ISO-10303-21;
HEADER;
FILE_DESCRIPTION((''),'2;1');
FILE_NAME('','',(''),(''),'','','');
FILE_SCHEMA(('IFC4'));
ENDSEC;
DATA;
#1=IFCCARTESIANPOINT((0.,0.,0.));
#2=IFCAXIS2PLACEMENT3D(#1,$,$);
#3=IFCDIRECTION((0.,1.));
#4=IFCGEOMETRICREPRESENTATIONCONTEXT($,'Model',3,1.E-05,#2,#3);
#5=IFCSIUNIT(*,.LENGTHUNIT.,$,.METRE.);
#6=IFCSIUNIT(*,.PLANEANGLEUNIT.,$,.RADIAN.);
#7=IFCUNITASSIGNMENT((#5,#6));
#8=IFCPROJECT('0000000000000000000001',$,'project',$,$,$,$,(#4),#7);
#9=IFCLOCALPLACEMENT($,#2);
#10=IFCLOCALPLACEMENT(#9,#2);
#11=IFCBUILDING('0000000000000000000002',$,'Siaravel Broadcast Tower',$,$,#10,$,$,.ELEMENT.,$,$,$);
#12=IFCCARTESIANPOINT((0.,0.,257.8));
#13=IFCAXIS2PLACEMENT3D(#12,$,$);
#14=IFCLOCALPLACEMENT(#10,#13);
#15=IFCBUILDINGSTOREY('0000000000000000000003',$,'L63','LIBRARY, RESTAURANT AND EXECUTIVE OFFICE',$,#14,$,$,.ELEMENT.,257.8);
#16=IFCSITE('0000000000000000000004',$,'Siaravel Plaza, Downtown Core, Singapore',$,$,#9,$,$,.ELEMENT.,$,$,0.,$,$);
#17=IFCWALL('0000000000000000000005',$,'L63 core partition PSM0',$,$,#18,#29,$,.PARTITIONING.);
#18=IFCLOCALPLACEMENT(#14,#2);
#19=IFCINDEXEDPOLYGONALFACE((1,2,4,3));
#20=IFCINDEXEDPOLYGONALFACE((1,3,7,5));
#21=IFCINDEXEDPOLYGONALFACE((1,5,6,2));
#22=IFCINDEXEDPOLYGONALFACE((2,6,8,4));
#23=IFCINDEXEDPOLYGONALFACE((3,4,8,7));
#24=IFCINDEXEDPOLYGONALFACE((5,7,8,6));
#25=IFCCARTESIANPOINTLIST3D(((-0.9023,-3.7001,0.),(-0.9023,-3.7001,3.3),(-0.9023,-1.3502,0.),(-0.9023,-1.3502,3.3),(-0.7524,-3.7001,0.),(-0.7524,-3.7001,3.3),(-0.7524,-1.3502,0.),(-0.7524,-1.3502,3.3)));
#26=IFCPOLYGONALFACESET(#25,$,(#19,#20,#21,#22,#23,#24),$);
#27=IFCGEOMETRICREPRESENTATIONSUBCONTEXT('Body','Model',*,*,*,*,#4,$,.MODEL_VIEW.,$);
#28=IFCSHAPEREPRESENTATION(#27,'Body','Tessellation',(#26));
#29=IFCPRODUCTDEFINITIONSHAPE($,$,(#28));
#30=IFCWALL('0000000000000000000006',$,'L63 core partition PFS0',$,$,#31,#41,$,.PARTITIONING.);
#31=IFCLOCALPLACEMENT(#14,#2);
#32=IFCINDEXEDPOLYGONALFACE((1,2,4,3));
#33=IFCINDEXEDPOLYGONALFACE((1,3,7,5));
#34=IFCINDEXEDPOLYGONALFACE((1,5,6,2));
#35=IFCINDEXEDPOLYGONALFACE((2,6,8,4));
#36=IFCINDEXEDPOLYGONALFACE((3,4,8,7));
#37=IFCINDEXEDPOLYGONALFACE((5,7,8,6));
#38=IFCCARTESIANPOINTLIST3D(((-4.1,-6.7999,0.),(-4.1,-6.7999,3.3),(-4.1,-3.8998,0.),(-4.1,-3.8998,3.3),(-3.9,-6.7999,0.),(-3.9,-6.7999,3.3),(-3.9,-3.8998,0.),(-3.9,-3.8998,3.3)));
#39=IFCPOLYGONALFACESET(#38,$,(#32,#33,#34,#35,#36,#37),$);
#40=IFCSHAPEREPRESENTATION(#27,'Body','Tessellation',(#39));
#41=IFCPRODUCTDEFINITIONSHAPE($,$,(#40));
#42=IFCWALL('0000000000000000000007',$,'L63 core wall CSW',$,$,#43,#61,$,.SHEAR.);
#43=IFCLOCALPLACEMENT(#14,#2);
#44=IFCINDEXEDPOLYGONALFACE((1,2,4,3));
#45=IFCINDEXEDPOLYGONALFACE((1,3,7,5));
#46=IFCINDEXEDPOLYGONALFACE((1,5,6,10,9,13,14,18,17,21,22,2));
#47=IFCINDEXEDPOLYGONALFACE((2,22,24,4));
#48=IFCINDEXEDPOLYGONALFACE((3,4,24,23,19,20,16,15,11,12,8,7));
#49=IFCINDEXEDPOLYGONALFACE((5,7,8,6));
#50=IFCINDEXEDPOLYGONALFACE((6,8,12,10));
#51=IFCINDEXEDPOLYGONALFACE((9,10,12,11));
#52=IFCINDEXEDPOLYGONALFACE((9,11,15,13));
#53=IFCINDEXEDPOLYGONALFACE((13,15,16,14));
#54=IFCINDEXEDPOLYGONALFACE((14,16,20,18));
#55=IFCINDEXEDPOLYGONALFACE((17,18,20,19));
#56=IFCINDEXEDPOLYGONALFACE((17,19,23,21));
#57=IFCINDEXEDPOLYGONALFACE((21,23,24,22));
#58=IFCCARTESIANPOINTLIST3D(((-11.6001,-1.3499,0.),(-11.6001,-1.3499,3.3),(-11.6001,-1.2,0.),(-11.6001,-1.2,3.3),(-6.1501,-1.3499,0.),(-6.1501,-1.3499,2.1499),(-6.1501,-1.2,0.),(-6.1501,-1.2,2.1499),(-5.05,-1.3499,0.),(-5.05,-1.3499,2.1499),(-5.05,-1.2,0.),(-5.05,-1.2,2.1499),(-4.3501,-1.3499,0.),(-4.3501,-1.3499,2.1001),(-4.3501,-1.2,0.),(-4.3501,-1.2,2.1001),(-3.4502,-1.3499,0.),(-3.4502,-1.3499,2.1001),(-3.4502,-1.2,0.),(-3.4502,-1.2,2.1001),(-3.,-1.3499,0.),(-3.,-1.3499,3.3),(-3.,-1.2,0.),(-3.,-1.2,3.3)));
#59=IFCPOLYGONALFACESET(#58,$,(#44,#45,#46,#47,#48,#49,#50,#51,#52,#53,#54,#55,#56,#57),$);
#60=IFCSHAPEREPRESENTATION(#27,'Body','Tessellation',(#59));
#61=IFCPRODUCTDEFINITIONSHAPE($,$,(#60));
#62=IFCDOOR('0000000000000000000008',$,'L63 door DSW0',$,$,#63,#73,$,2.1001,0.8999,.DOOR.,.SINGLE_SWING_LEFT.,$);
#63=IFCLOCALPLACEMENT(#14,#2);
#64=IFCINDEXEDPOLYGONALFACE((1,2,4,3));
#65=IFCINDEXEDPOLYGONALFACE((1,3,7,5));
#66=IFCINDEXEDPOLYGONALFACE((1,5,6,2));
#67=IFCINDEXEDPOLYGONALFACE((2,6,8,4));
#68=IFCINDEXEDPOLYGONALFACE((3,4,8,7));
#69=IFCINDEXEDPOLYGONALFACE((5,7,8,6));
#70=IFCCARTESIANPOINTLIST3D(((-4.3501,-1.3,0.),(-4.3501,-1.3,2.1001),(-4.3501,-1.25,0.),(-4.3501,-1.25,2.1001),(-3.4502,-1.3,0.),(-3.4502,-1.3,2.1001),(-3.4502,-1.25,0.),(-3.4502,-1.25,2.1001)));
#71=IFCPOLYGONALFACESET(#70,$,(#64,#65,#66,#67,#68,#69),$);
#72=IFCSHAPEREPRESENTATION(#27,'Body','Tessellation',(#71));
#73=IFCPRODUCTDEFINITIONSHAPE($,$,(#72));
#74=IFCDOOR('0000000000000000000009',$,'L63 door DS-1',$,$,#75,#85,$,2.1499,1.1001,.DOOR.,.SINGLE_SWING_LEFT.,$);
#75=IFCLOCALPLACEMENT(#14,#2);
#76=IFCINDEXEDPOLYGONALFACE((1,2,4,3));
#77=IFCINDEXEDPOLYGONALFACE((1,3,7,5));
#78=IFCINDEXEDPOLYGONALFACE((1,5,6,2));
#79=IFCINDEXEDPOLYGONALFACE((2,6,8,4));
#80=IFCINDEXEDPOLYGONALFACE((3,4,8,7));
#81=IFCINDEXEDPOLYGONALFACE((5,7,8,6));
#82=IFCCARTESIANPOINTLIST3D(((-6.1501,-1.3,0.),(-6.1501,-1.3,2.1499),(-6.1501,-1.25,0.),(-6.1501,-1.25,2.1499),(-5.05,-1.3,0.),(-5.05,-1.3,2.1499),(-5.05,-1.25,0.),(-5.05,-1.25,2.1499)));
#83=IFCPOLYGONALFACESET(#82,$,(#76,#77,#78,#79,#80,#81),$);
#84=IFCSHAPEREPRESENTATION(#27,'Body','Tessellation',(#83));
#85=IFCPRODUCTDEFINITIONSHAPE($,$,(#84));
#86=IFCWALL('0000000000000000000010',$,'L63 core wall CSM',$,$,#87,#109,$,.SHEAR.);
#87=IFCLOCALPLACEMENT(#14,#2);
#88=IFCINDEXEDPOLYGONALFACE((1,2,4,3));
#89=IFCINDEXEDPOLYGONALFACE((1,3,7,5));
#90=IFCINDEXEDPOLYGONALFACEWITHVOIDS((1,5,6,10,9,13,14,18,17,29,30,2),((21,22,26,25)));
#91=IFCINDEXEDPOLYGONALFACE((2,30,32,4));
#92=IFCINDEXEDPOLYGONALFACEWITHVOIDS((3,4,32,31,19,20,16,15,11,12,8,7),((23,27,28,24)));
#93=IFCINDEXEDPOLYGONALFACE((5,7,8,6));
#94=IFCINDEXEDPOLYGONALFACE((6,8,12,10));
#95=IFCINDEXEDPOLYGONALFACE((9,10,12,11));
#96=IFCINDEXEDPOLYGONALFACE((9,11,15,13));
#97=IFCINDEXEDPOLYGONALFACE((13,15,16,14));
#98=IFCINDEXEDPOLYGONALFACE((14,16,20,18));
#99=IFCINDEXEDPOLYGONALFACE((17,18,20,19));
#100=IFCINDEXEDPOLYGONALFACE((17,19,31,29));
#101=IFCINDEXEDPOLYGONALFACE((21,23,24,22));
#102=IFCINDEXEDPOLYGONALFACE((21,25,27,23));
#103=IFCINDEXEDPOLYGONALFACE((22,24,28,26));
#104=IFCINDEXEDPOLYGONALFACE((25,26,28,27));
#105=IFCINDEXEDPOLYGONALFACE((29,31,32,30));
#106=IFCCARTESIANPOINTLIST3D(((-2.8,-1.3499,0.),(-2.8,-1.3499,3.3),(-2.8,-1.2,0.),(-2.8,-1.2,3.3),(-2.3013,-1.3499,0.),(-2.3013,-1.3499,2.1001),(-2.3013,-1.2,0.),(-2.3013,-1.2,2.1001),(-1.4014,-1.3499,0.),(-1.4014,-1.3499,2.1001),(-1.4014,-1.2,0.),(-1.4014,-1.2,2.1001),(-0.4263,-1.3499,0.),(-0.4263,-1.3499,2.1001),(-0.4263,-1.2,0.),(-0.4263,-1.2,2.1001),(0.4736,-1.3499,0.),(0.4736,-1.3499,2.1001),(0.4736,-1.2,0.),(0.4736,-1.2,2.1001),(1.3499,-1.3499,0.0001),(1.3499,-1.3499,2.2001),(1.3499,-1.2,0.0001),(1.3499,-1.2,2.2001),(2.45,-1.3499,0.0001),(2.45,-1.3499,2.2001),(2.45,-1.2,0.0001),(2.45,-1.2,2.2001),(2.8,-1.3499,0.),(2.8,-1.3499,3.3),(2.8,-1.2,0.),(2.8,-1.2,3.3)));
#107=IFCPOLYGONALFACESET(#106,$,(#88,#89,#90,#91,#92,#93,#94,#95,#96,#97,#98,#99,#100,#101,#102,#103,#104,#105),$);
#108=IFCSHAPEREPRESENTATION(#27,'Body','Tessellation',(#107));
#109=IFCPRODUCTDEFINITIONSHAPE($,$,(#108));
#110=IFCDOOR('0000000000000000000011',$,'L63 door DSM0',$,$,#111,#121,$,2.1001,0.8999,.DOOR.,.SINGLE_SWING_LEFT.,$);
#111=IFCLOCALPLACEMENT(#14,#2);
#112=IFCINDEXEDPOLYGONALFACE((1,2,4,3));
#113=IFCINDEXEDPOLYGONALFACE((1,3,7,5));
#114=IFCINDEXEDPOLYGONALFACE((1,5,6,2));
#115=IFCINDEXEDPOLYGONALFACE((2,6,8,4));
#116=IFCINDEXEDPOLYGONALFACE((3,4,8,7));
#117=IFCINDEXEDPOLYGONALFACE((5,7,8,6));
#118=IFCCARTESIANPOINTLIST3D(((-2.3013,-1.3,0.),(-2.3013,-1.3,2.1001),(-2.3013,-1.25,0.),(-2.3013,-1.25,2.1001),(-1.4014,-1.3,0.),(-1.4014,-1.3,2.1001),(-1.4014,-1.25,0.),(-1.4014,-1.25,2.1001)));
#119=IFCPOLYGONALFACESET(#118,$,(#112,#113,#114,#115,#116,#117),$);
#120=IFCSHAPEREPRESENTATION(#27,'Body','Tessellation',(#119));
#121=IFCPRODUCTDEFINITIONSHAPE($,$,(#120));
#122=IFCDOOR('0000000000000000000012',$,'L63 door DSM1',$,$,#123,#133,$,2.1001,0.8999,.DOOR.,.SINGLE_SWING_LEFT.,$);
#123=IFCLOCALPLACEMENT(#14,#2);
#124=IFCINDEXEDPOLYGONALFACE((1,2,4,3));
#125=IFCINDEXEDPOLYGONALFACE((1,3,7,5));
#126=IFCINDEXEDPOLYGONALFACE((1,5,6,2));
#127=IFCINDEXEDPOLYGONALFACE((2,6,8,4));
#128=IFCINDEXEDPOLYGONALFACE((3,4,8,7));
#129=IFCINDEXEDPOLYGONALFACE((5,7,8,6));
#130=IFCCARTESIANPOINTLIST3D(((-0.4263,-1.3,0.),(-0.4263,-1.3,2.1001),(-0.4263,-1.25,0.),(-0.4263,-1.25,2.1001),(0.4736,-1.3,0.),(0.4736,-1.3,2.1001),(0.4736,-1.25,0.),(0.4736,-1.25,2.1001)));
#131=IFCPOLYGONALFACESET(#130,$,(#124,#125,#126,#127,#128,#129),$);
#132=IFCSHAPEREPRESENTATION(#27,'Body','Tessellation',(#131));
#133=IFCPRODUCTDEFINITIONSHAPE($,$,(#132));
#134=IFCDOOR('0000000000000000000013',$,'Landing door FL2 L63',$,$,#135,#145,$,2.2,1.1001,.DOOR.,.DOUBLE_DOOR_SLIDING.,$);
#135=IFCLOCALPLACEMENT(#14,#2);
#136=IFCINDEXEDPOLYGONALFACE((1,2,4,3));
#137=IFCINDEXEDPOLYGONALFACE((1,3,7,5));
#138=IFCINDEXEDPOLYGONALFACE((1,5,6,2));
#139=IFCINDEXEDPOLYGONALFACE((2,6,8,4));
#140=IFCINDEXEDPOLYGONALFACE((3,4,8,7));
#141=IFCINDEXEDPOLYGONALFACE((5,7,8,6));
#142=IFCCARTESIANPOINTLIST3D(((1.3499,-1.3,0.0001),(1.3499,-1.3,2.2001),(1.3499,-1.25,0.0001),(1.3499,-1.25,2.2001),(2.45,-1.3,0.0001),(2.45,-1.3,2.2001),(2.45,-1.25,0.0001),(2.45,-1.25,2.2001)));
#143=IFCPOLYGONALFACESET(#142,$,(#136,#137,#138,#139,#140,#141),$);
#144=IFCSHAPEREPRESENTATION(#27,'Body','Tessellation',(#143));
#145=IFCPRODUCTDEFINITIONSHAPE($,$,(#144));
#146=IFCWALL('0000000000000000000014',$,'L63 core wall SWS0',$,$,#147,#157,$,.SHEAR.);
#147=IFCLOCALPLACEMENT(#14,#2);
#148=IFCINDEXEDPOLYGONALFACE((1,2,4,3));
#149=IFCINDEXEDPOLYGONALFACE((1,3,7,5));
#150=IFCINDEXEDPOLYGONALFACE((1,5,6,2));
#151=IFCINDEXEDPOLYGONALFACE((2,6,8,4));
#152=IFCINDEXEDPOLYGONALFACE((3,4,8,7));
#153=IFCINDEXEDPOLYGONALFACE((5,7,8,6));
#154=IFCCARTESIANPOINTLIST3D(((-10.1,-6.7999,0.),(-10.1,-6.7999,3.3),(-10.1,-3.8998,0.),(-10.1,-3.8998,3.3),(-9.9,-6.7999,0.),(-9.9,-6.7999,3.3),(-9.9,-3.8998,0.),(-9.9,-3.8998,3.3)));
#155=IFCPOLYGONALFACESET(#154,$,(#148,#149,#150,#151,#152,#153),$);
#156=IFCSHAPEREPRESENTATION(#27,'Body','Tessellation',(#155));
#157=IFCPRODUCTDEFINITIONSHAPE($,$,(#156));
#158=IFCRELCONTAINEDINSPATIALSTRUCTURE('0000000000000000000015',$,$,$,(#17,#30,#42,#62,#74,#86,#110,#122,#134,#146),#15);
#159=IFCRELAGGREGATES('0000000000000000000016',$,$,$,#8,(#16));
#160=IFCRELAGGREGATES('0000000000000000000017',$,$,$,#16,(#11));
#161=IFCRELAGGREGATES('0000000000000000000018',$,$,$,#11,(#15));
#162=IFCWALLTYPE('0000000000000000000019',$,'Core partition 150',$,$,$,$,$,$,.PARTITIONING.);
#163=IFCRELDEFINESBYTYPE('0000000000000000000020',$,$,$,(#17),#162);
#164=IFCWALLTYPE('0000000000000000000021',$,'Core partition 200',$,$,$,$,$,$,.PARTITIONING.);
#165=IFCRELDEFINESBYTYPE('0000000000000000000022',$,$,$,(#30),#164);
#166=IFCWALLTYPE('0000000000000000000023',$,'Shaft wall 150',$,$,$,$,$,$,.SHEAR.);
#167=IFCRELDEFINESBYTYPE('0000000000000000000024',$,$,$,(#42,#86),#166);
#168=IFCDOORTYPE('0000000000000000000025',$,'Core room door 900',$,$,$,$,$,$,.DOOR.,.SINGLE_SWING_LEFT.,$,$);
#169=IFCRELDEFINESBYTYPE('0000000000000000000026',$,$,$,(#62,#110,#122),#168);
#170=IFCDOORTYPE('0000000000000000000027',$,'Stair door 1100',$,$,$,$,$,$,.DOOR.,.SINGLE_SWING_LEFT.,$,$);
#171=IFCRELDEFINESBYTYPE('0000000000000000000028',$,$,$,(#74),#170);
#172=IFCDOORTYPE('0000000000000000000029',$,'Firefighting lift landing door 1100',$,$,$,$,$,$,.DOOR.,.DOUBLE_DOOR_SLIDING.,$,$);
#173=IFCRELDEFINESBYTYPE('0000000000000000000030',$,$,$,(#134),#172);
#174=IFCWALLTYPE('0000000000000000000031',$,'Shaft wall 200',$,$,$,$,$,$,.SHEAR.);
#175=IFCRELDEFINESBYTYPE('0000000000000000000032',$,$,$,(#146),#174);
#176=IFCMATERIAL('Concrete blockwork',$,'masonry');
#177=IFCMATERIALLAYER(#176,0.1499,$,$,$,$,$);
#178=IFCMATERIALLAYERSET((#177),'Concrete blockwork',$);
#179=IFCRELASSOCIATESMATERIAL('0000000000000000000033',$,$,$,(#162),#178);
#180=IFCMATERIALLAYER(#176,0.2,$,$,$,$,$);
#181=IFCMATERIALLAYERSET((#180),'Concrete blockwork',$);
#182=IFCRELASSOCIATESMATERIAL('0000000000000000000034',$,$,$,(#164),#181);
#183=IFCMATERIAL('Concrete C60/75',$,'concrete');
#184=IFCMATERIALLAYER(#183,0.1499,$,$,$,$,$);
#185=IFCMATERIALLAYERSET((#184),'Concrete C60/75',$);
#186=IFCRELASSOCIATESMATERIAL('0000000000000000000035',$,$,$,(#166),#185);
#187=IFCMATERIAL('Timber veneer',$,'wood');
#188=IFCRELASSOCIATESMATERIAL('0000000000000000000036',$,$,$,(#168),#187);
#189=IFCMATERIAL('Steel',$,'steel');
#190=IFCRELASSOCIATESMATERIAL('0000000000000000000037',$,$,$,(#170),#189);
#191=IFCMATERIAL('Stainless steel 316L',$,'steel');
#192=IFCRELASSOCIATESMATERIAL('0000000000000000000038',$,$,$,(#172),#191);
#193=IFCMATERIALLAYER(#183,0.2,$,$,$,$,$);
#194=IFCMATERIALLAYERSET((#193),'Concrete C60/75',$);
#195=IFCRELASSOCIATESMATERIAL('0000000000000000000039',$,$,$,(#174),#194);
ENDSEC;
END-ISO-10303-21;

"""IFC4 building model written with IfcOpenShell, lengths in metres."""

from ifc_helpers import new_model, si_unit, direction, frame, frame_2d, origin, place, context, subcontext, project, spatial, rectangle, extrude, material, layer, layer_set, type_object, element, fill, save


model = new_model("IFC4")

# Units and contexts
model_context = context("Model", 3, precision=1e-05, world=origin(), true_north=direction((0.0, 1.0)))
body_context = subcontext(model_context, "Body", "Model", "MODEL_VIEW")
ifc_project = project(units=[si_unit("LENGTHUNIT", "METRE"), si_unit("PLANEANGLEUNIT", "RADIAN")], contexts=[model_context])

# Site, building, storey
site_placement = place(None, origin())
site = spatial("IfcSite", under=ifc_project, at=site_placement, Name="Siaravel Plaza, Downtown Core, Singapore", CompositionType="ELEMENT", RefElevation=0.0)
building_placement = place(site_placement, origin())
building = spatial("IfcBuilding", under=site, at=building_placement, Name="Siaravel Broadcast Tower", CompositionType="ELEMENT")
storey_placement = place(building_placement, frame((0.0, 0.0, 257.8)))
storey = spatial("IfcBuildingStorey", under=building, at=storey_placement, Name="L63", Description="LIBRARY, RESTAURANT AND EXECUTIVE OFFICE", CompositionType="ELEMENT", Elevation=257.8)

# Walls
ifc_material_1 = material(Name="Concrete blockwork", Category="masonry")
ifc_layer_1 = layer(ifc_material_1, 0.1499)
ifc_layer_set_1 = layer_set([ifc_layer_1], Name="Concrete blockwork")
wall_type_1 = type_object("IfcWallType", Name="Core partition 150", PredefinedType="PARTITIONING", material=ifc_layer_set_1)
wall_1_placement = place(storey_placement, frame((-0.8274, -3.7, 0.0), z_axis=(0.0, 0.0, 1.0), x_axis=(0.0, 1.0, 0.0)))
element("IfcWall", 1, at=wall_1_placement, inside=storey, type_object=wall_type_1, Name="L63 core partition PSM0", PredefinedType="PARTITIONING", context=body_context, shape_type="SweptSolid", body=[
    extrude(rectangle(XDim=2.3499, YDim=0.1499, at=frame_2d((1.1748, 0.0))), origin(), (0.0, 0.0, 1.0), 3.3),
])
ifc_layer_2 = layer(ifc_material_1, 0.2)
ifc_layer_set_2 = layer_set([ifc_layer_2], Name="Concrete blockwork")
wall_type_2 = type_object("IfcWallType", Name="Core partition 200", PredefinedType="PARTITIONING", material=ifc_layer_set_2)
wall_2_placement = place(storey_placement, frame((-4.0, -6.8, 0.0), z_axis=(0.0, 0.0, 1.0), x_axis=(0.0, 1.0, 0.0)))
element("IfcWall", 2, at=wall_2_placement, inside=storey, type_object=wall_type_2, Name="L63 core partition PFS0", PredefinedType="PARTITIONING", context=body_context, shape_type="SweptSolid", body=[
    extrude(rectangle(XDim=2.9001, YDim=0.2, at=frame_2d((1.4502, 0.0))), origin(), (0.0, 0.0, 1.0), 3.3),
])

# Walls, openings, doors
ifc_material_2 = material(Name="Concrete C60/75", Category="concrete")
ifc_layer_3 = layer(ifc_material_2, 0.1499)
ifc_layer_set_3 = layer_set([ifc_layer_3], Name="Concrete C60/75")
wall_type_3 = type_object("IfcWallType", Name="Shaft wall 150", PredefinedType="SHEAR", material=ifc_layer_set_3)
wall_3_placement = place(storey_placement, frame((-11.6001, -1.2749, 0.0), z_axis=(0.0, 0.0, 1.0), x_axis=(1.0, 0.0, 0.0)))
wall_3 = element("IfcWall", 3, at=wall_3_placement, inside=storey, type_object=wall_type_3, Name="L63 core wall CSW", PredefinedType="SHEAR", context=body_context, shape_type="SweptSolid", body=[
    extrude(rectangle(XDim=8.6001, YDim=0.1499, at=frame_2d((4.3, 0.0))), origin(), (0.0, 0.0, 1.0), 3.3),
])
opening_1_placement = place(wall_3_placement, frame((5.45, 0.0, 0.0)))
opening_1 = element("IfcOpeningElement", 4, at=opening_1_placement, cuts=wall_3, PredefinedType="OPENING", context=body_context, shape_type="SweptSolid", body=[
    extrude(rectangle(XDim=1.1001, YDim=2.1499, at=frame_2d((0.55, 1.075))), frame((0.0, 0.085, 0.0), z_axis=(0.0, -1.0, 0.0), x_axis=(1.0, 0.0, 0.0)), (0.0, 0.0, 1.0), 0.1699),
])
opening_2_placement = place(wall_3_placement, frame((7.25, 0.0, 0.0)))
opening_2 = element("IfcOpeningElement", 5, at=opening_2_placement, cuts=wall_3, PredefinedType="OPENING", context=body_context, shape_type="SweptSolid", body=[
    extrude(rectangle(XDim=0.8999, YDim=2.1001, at=frame_2d((0.45, 1.05))), frame((0.0, 0.085, 0.0), z_axis=(0.0, -1.0, 0.0), x_axis=(1.0, 0.0, 0.0)), (0.0, 0.0, 1.0), 0.1699),
])
ifc_material_3 = material(Name="Timber veneer", Category="wood")
door_type_1 = type_object("IfcDoorType", Name="Core room door 900", OperationType="SINGLE_SWING_LEFT", PredefinedType="DOOR", material=ifc_material_3)
door_1_placement = place(opening_2_placement, origin())
door_1 = element("IfcDoor", 6, at=door_1_placement, inside=storey, type_object=door_type_1, Name="L63 door DSW0", OperationType="SINGLE_SWING_LEFT", OverallHeight=2.1001, OverallWidth=0.8999, PredefinedType="DOOR", context=body_context, shape_type="SweptSolid", body=[
    extrude(rectangle(XDim=0.8999, YDim=2.1001, at=frame_2d((0.45, 1.05))), frame((0.0, 0.0249, 0.0), z_axis=(0.0, -1.0, 0.0), x_axis=(1.0, 0.0, 0.0)), (0.0, 0.0, 1.0), 0.05),
])
fill(opening_2, door_1)
ifc_material_4 = material(Name="Steel", Category="steel")
door_type_2 = type_object("IfcDoorType", Name="Stair door 1100", OperationType="SINGLE_SWING_LEFT", PredefinedType="DOOR", material=ifc_material_4)
door_2_placement = place(opening_1_placement, origin())
door_2 = element("IfcDoor", 7, at=door_2_placement, inside=storey, type_object=door_type_2, Name="L63 door DS-1", OperationType="SINGLE_SWING_LEFT", OverallHeight=2.1499, OverallWidth=1.1001, PredefinedType="DOOR", context=body_context, shape_type="SweptSolid", body=[
    extrude(rectangle(XDim=1.1001, YDim=2.1499, at=frame_2d((0.55, 1.075))), frame((0.0, 0.0249, 0.0), z_axis=(0.0, -1.0, 0.0), x_axis=(1.0, 0.0, 0.0)), (0.0, 0.0, 1.0), 0.05),
])
fill(opening_1, door_2)
wall_4_placement = place(storey_placement, frame((-2.8, -1.2749, 0.0), z_axis=(0.0, 0.0, 1.0), x_axis=(1.0, 0.0, 0.0)))
wall_4 = element("IfcWall", 8, at=wall_4_placement, inside=storey, type_object=wall_type_3, Name="L63 core wall CSM", PredefinedType="SHEAR", context=body_context, shape_type="SweptSolid", body=[
    extrude(rectangle(XDim=5.6001, YDim=0.1499, at=frame_2d((2.8, 0.0))), origin(), (0.0, 0.0, 1.0), 3.3),
])
opening_3_placement = place(wall_4_placement, frame((4.1499, 0.0, 0.0)))
opening_3 = element("IfcOpeningElement", 9, at=opening_3_placement, cuts=wall_4, PredefinedType="OPENING", context=body_context, shape_type="SweptSolid", body=[
    extrude(rectangle(XDim=1.1001, YDim=2.2, at=frame_2d((0.55, 1.1001))), frame((0.0, 0.085, 0.0), z_axis=(0.0, -1.0, 0.0), x_axis=(1.0, 0.0, 0.0)), (0.0, 0.0, 1.0), 0.1699),
])
opening_4_placement = place(wall_4_placement, frame((0.4988, 0.0, 0.0)))
opening_4 = element("IfcOpeningElement", 10, at=opening_4_placement, cuts=wall_4, PredefinedType="OPENING", context=body_context, shape_type="SweptSolid", body=[
    extrude(rectangle(XDim=0.8999, YDim=2.1001, at=frame_2d((0.45, 1.05))), frame((0.0, 0.085, 0.0), z_axis=(0.0, -1.0, 0.0), x_axis=(1.0, 0.0, 0.0)), (0.0, 0.0, 1.0), 0.1699),
])
opening_5_placement = place(wall_4_placement, frame((2.3738, 0.0, 0.0)))
opening_5 = element("IfcOpeningElement", 11, at=opening_5_placement, cuts=wall_4, PredefinedType="OPENING", context=body_context, shape_type="SweptSolid", body=[
    extrude(rectangle(XDim=0.8999, YDim=2.1001, at=frame_2d((0.45, 1.05))), frame((0.0, 0.085, 0.0), z_axis=(0.0, -1.0, 0.0), x_axis=(1.0, 0.0, 0.0)), (0.0, 0.0, 1.0), 0.1699),
])
door_3_placement = place(opening_4_placement, origin())
door_3 = element("IfcDoor", 12, at=door_3_placement, inside=storey, type_object=door_type_1, Name="L63 door DSM0", OperationType="SINGLE_SWING_LEFT", OverallHeight=2.1001, OverallWidth=0.8999, PredefinedType="DOOR", context=body_context, shape_type="SweptSolid", body=[
    extrude(rectangle(XDim=0.8999, YDim=2.1001, at=frame_2d((0.45, 1.05))), frame((0.0, 0.0249, 0.0), z_axis=(0.0, -1.0, 0.0), x_axis=(1.0, 0.0, 0.0)), (0.0, 0.0, 1.0), 0.05),
])
fill(opening_4, door_3)
door_4_placement = place(opening_5_placement, origin())
door_4 = element("IfcDoor", 13, at=door_4_placement, inside=storey, type_object=door_type_1, Name="L63 door DSM1", OperationType="SINGLE_SWING_LEFT", OverallHeight=2.1001, OverallWidth=0.8999, PredefinedType="DOOR", context=body_context, shape_type="SweptSolid", body=[
    extrude(rectangle(XDim=0.8999, YDim=2.1001, at=frame_2d((0.45, 1.05))), frame((0.0, 0.0249, 0.0), z_axis=(0.0, -1.0, 0.0), x_axis=(1.0, 0.0, 0.0)), (0.0, 0.0, 1.0), 0.05),
])
fill(opening_5, door_4)
ifc_material_5 = material(Name="Stainless steel 316L", Category="steel")
door_type_3 = type_object("IfcDoorType", Name="Firefighting lift landing door 1100", OperationType="DOUBLE_DOOR_SLIDING", PredefinedType="DOOR", material=ifc_material_5)
door_5_placement = place(opening_3_placement, origin())
door_5 = element("IfcDoor", 14, at=door_5_placement, inside=storey, type_object=door_type_3, Name="Landing door FL2 L63", OperationType="DOUBLE_DOOR_SLIDING", OverallHeight=2.2, OverallWidth=1.1001, PredefinedType="DOOR", context=body_context, shape_type="SweptSolid", body=[
    extrude(rectangle(XDim=1.1001, YDim=2.2, at=frame_2d((0.55, 1.1001))), frame((0.0, 0.0249, 0.0), z_axis=(0.0, -1.0, 0.0), x_axis=(1.0, 0.0, 0.0)), (0.0, 0.0, 1.0), 0.05),
])
fill(opening_3, door_5)

# Wall
ifc_layer_4 = layer(ifc_material_2, 0.2)
ifc_layer_set_4 = layer_set([ifc_layer_4], Name="Concrete C60/75")
wall_type_4 = type_object("IfcWallType", Name="Shaft wall 200", PredefinedType="SHEAR", material=ifc_layer_set_4)
wall_5_placement = place(storey_placement, frame((-10.0, -6.8, 0.0), z_axis=(0.0, 0.0, 1.0), x_axis=(0.0, 1.0, 0.0)))
element("IfcWall", 15, at=wall_5_placement, inside=storey, type_object=wall_type_4, Name="L63 core wall SWS0", PredefinedType="SHEAR", context=body_context, shape_type="SweptSolid", body=[
    extrude(rectangle(XDim=2.9001, YDim=0.2, at=frame_2d((1.4502, 0.0))), origin(), (0.0, 0.0, 1.0), 3.3),
])

save(model, "model.ifc")
